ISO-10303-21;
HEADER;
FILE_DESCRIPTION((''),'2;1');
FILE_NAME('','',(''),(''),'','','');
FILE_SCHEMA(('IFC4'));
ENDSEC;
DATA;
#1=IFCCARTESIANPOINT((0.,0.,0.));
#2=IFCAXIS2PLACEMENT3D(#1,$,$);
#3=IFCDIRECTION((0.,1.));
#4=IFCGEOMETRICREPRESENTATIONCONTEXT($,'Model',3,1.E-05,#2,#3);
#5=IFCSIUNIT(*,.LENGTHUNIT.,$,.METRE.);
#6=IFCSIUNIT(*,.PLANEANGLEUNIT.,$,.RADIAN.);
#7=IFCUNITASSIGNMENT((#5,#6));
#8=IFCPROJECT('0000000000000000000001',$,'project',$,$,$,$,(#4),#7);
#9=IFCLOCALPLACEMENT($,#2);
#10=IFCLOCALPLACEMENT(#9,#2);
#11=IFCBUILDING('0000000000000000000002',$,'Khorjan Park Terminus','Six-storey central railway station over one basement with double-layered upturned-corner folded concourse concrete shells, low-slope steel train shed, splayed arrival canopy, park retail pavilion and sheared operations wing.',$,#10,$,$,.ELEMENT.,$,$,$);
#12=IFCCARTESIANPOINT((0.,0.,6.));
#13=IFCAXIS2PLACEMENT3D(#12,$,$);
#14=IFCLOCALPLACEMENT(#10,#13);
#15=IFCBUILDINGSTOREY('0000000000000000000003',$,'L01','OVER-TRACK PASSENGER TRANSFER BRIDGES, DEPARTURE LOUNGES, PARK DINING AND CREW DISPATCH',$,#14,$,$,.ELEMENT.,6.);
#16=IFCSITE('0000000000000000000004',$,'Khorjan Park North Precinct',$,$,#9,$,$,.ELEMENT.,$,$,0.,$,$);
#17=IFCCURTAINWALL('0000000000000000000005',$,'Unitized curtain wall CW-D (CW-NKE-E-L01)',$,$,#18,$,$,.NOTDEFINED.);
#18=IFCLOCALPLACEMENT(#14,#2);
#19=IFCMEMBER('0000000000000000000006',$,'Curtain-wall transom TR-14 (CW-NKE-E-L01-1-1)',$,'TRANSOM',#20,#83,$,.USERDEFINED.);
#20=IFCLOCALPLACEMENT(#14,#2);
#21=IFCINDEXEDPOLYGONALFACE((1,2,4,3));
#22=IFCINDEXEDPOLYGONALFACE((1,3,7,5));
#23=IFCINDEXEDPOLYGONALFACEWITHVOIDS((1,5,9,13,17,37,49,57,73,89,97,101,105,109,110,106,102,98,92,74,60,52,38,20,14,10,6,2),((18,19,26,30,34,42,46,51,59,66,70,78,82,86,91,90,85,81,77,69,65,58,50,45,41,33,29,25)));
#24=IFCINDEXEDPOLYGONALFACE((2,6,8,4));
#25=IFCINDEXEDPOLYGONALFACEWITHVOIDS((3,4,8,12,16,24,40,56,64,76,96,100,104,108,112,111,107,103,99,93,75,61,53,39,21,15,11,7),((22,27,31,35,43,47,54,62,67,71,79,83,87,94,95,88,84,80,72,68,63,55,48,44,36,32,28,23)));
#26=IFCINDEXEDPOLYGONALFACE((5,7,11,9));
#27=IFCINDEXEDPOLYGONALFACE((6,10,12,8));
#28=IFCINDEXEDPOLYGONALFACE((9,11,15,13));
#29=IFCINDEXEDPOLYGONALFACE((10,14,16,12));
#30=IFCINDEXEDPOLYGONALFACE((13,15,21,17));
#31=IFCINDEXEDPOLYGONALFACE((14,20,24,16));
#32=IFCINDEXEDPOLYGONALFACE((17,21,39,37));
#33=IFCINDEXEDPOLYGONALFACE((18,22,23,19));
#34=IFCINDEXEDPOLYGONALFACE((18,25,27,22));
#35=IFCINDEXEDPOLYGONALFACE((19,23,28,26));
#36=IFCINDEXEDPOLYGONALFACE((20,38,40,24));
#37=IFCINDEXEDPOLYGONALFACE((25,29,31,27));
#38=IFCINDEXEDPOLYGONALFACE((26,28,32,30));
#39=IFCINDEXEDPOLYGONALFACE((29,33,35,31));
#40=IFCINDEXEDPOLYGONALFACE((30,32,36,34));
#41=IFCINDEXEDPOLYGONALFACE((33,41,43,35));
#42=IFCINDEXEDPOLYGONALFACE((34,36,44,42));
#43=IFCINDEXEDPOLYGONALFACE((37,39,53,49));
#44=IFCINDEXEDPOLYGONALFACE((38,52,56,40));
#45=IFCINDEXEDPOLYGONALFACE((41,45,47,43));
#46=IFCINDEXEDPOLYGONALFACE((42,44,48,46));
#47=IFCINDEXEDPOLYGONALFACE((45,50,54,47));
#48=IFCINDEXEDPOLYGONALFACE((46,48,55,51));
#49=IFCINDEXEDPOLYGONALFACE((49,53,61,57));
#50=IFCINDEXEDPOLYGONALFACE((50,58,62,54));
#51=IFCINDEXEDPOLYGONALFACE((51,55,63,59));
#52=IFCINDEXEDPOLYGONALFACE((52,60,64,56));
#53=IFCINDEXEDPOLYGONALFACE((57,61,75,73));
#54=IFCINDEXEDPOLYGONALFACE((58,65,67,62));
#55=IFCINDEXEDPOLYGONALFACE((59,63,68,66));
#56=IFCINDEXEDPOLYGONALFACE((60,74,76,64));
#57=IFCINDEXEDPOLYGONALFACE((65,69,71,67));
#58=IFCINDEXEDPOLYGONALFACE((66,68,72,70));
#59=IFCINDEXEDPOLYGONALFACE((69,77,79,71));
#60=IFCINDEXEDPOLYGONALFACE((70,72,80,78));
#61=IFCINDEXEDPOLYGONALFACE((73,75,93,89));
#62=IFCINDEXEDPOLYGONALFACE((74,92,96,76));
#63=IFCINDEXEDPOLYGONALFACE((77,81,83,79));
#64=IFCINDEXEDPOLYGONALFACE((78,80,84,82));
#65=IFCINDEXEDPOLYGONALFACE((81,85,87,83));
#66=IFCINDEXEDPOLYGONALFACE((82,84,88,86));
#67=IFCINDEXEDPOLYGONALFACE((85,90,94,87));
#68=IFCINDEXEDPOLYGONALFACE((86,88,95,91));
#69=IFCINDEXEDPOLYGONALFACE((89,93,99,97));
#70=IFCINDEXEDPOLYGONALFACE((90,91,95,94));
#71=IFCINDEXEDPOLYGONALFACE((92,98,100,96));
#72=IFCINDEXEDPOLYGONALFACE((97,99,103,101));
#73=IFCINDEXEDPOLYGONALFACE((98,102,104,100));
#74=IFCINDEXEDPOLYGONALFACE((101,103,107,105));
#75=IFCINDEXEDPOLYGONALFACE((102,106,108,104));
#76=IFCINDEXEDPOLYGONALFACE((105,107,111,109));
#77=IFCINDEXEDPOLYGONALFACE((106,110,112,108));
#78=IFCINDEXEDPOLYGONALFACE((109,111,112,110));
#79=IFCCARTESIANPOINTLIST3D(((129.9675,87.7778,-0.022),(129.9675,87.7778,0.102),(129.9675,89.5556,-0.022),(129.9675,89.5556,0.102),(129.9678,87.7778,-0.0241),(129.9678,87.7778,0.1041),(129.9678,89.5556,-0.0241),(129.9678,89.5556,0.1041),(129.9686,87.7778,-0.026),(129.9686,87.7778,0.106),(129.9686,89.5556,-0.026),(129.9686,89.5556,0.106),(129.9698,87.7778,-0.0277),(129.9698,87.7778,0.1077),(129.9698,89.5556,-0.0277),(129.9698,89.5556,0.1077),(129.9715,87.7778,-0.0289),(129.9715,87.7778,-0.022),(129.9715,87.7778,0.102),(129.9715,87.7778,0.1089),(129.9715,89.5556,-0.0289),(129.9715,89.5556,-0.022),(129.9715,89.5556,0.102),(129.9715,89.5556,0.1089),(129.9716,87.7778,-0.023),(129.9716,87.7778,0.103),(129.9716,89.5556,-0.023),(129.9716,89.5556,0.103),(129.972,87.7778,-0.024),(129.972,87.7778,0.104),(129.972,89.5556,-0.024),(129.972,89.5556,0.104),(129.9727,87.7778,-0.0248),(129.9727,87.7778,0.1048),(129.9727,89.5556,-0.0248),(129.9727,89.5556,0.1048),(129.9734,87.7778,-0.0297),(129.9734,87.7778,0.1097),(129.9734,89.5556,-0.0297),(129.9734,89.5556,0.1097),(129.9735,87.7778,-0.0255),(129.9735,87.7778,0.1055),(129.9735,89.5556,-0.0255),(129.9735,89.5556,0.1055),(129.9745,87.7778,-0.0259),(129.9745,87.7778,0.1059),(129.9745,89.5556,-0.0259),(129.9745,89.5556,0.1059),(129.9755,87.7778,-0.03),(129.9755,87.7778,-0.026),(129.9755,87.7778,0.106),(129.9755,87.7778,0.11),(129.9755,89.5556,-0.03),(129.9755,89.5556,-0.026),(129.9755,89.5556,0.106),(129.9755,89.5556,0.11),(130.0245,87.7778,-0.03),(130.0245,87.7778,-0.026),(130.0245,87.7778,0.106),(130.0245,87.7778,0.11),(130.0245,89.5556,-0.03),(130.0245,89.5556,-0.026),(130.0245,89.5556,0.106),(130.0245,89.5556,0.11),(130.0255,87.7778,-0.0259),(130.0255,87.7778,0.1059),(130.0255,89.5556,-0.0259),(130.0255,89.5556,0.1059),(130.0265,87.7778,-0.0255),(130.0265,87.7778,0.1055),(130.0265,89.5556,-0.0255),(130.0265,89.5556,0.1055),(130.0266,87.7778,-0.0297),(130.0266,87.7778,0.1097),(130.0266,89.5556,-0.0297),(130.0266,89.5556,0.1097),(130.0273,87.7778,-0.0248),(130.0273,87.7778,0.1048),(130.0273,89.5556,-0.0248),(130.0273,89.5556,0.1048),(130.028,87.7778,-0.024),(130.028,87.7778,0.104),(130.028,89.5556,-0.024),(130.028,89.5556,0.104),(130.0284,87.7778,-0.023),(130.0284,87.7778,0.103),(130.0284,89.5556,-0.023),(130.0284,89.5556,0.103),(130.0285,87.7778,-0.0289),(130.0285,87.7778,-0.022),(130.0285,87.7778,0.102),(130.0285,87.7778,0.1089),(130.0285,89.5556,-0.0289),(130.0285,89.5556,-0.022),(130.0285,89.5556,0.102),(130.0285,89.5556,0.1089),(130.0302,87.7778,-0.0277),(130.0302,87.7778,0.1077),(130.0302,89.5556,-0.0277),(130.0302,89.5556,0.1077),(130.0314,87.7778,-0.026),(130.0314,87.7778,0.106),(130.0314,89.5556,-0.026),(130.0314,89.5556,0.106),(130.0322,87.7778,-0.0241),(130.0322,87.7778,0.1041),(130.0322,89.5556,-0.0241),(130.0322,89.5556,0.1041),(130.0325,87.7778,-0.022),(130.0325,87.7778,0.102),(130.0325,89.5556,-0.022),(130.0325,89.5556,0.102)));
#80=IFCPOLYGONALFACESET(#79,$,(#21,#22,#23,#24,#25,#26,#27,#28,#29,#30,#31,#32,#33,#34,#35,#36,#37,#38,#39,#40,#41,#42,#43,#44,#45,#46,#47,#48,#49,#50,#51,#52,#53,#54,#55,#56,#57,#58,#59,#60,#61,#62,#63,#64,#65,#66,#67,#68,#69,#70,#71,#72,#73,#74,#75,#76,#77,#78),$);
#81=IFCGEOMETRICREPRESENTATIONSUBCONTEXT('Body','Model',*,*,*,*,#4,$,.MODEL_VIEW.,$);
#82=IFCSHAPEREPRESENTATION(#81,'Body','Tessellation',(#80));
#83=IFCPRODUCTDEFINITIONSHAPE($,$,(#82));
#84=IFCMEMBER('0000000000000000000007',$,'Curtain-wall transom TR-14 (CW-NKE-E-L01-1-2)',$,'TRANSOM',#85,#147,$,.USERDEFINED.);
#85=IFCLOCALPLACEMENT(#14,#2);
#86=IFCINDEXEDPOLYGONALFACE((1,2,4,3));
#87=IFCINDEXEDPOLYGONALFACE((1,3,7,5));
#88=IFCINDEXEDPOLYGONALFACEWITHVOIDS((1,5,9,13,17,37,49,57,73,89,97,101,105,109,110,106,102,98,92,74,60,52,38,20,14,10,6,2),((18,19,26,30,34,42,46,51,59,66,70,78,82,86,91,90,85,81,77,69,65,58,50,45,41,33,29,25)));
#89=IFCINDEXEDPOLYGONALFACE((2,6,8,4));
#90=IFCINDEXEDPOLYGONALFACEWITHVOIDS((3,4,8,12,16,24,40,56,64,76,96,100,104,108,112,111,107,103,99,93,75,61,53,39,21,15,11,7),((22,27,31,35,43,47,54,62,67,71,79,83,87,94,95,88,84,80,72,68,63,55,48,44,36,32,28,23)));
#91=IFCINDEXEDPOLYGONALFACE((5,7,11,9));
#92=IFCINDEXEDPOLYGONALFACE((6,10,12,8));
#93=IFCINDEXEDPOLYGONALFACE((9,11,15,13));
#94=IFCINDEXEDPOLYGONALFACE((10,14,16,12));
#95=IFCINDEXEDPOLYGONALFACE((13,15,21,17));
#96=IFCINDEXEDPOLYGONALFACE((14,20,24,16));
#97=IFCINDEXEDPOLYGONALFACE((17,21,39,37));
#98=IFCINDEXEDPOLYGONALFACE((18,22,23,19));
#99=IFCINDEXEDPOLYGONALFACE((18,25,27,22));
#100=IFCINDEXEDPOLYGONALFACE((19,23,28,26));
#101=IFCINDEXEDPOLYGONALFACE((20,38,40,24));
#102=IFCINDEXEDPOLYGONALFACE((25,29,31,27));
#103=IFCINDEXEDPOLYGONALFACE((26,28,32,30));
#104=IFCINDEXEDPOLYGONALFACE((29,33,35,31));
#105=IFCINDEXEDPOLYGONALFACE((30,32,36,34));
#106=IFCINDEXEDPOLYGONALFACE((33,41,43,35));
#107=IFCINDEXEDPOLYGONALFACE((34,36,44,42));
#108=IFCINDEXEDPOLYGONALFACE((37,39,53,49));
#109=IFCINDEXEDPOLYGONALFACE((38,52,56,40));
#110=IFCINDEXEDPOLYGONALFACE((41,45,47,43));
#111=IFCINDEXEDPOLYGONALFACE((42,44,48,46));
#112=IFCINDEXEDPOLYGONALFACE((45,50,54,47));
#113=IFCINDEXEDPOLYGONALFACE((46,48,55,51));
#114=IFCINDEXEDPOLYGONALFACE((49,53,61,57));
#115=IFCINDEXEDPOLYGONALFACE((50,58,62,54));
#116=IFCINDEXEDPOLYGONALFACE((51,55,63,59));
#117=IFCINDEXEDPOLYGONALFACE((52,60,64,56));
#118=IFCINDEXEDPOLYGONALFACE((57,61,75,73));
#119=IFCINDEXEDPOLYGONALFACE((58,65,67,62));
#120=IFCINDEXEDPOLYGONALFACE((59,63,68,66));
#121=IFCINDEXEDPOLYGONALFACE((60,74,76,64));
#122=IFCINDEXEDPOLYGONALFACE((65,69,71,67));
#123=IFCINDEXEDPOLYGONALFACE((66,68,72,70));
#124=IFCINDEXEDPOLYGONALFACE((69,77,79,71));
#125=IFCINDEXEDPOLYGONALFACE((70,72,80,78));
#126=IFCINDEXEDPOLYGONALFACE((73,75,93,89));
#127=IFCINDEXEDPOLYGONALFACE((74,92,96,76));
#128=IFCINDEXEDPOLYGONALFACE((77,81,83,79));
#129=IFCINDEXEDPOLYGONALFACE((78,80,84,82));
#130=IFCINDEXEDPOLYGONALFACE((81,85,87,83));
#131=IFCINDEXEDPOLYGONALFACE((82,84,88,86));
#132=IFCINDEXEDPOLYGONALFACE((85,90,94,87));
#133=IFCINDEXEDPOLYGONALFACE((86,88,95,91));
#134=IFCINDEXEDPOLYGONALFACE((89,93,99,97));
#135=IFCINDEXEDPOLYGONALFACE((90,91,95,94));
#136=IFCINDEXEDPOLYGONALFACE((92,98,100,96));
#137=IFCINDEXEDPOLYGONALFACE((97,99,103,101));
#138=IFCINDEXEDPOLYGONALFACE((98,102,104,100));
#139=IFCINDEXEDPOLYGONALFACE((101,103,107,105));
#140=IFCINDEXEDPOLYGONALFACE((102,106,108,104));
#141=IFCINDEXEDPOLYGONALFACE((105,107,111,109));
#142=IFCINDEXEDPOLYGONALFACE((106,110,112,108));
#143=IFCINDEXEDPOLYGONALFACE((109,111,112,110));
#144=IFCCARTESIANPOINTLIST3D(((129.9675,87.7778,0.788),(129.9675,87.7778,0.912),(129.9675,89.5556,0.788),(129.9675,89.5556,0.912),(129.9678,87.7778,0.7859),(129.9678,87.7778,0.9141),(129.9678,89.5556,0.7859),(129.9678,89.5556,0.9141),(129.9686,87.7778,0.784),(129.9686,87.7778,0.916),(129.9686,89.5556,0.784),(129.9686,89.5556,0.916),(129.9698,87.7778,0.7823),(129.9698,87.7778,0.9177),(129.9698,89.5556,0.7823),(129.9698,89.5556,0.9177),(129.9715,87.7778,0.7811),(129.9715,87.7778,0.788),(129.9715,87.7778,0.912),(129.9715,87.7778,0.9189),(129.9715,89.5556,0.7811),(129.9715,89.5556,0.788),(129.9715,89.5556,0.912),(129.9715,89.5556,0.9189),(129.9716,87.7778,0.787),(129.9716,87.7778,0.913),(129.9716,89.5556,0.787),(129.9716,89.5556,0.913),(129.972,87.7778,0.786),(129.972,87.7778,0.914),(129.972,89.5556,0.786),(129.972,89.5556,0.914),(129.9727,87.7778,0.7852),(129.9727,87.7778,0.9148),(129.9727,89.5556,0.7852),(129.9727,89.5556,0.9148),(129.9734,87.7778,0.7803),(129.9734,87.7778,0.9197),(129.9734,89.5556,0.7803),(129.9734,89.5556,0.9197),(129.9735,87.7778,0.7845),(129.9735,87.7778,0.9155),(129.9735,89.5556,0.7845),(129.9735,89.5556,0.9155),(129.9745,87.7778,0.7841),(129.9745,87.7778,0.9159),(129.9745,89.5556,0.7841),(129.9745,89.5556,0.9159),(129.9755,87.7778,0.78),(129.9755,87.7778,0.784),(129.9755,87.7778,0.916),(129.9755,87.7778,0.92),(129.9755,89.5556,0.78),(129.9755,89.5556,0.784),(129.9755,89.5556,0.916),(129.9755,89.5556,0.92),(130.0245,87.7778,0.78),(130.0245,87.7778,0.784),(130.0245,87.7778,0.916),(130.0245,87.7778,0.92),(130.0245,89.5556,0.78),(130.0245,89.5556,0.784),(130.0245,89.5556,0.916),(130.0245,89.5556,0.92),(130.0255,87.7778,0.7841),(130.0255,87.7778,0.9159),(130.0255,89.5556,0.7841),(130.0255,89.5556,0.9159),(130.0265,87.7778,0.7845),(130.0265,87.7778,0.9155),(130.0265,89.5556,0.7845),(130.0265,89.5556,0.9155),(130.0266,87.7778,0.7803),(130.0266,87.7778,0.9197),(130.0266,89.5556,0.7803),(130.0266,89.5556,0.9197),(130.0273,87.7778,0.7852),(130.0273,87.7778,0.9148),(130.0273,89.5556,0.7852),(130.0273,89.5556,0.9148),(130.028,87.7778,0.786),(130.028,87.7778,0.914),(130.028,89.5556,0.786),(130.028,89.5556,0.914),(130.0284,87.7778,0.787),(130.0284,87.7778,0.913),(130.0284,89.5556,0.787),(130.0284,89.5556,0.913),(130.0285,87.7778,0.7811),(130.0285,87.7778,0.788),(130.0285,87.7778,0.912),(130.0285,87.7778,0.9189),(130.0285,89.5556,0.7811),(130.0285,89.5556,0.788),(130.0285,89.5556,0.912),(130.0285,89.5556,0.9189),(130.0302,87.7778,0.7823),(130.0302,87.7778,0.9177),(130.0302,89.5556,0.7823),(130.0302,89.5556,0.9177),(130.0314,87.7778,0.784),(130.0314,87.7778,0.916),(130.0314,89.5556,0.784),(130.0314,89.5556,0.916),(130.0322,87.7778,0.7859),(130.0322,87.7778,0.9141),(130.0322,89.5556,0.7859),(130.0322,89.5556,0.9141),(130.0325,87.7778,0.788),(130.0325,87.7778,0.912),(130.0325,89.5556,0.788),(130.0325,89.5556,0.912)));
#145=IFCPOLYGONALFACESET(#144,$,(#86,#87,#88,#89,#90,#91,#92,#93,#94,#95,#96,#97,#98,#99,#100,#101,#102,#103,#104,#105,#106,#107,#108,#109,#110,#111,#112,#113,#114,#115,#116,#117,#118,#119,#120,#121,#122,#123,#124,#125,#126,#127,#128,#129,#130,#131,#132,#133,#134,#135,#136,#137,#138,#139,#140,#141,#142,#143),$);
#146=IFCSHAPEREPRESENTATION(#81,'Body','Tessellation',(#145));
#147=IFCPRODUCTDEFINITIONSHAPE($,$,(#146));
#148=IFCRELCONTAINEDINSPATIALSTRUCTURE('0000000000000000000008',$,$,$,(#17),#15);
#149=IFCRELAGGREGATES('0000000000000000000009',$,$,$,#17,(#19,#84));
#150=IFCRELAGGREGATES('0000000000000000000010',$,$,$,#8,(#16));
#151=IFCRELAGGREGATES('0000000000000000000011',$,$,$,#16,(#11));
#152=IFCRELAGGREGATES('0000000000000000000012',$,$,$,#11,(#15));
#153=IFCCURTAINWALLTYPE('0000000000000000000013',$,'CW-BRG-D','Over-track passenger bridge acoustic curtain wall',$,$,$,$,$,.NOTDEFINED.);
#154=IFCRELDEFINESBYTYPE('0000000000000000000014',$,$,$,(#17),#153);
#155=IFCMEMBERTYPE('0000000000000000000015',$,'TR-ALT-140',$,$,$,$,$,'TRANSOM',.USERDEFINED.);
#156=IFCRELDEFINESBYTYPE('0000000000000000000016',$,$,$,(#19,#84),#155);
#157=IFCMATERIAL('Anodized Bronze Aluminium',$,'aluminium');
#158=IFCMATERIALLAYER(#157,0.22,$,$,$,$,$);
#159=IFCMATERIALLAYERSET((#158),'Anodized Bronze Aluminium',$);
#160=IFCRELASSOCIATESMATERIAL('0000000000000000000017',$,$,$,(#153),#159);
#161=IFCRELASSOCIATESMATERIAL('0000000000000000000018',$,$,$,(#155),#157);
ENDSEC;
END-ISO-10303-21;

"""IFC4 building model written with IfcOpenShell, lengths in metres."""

from ifc_helpers import new_model, si_unit, direction, frame, origin, origin_2d, place, context, subcontext, project, spatial, hollow_rectangle, extrude, material, layer, layer_set, material_profile, profile_set, type_object, element, aggregate, save


model = new_model("IFC4")

# Units and contexts
model_context = context("Model", 3, precision=1e-05, world=origin(), true_north=direction((0.0, 1.0)))
body_context = subcontext(model_context, "Body", "Model", "MODEL_VIEW")
ifc_project = project(units=[si_unit("LENGTHUNIT", "METRE"), si_unit("PLANEANGLEUNIT", "RADIAN")], contexts=[model_context])

# Site, building, storey
site_placement = place(None, origin())
site = spatial("IfcSite", under=ifc_project, at=site_placement, Name="Khorjan Park North Precinct", CompositionType="ELEMENT", RefElevation=0.0)
building_placement = place(site_placement, origin())
building = spatial("IfcBuilding", under=site, at=building_placement, Name="Khorjan Park Terminus", Description="Six-storey central railway station over one basement with double-layered upturned-corner folded concourse concrete shells, low-slope steel train shed, splayed arrival canopy, park retail pavilion and sheared operations wing.", CompositionType="ELEMENT")
storey_placement = place(building_placement, frame((0.0, 0.0, 6.0)))
storey = spatial("IfcBuildingStorey", under=building, at=storey_placement, Name="L01", Description="OVER-TRACK PASSENGER TRANSFER BRIDGES, DEPARTURE LOUNGES, PARK DINING AND CREW DISPATCH", CompositionType="ELEMENT", Elevation=6.0)

# Curtain wall
ifc_material_1 = material(Name="Anodized Bronze Aluminium", Category="aluminium")
ifc_layer_1 = layer(ifc_material_1, 0.22)
ifc_layer_set_1 = layer_set([ifc_layer_1], Name="Anodized Bronze Aluminium")
curtain_wall_type_1 = type_object("IfcCurtainWallType", Name="CW-BRG-D", Description="Over-track passenger bridge acoustic curtain wall", PredefinedType="NOTDEFINED", material=ifc_layer_set_1)
curtain_wall_1_placement = place(storey_placement, origin())
curtain_wall_1 = element("IfcCurtainWall", 1, at=curtain_wall_1_placement, inside=storey, type_object=curtain_wall_type_1, Name="Unitized curtain wall CW-D (CW-NKE-E-L01)", PredefinedType="NOTDEFINED")

# Members
ifc_material_profile_1 = material_profile(ifc_material_1, hollow_rectangle(XDim=0.065, YDim=0.14, WallThickness=0.004, InnerFilletRadius=0.004, OuterFilletRadius=0.008, at=origin_2d()), Name="ALT 65x140x4")
ifc_profile_set_1 = profile_set([ifc_material_profile_1], Name="Anodized Bronze Aluminium")
member_type_1 = type_object("IfcMemberType", Name="TR-ALT-140", ElementType="TRANSOM", PredefinedType="USERDEFINED", material=ifc_profile_set_1)
member_1_placement = place(storey_placement, frame((130.0, 87.7778, 0.04), z_axis=(0.0, 1.0, 0.0), x_axis=(-1.0, 0.0, 0.0)))
member_1 = element("IfcMember", 2, at=member_1_placement, type_object=member_type_1, Name="Curtain-wall transom TR-14 (CW-NKE-E-L01-1-1)", ObjectType="TRANSOM", PredefinedType="USERDEFINED", context=body_context, shape_type="SweptSolid", body=[
    extrude(hollow_rectangle(XDim=0.065, YDim=0.14, WallThickness=0.004, InnerFilletRadius=0.004, OuterFilletRadius=0.008, at=origin_2d()), origin(), (0.0, 0.0, 1.0), 1.7778),
])
member_2_placement = place(storey_placement, frame((130.0, 87.7778, 0.85), z_axis=(0.0, 1.0, 0.0), x_axis=(-1.0, 0.0, 0.0)))
member_2 = element("IfcMember", 3, at=member_2_placement, type_object=member_type_1, Name="Curtain-wall transom TR-14 (CW-NKE-E-L01-1-2)", ObjectType="TRANSOM", PredefinedType="USERDEFINED", context=body_context, shape_type="SweptSolid", body=[
    extrude(hollow_rectangle(XDim=0.065, YDim=0.14, WallThickness=0.004, InnerFilletRadius=0.004, OuterFilletRadius=0.008, at=origin_2d()), origin(), (0.0, 0.0, 1.0), 1.7778),
])

aggregate(curtain_wall_1, [member_1, member_2])

save(model, "model.ifc")
